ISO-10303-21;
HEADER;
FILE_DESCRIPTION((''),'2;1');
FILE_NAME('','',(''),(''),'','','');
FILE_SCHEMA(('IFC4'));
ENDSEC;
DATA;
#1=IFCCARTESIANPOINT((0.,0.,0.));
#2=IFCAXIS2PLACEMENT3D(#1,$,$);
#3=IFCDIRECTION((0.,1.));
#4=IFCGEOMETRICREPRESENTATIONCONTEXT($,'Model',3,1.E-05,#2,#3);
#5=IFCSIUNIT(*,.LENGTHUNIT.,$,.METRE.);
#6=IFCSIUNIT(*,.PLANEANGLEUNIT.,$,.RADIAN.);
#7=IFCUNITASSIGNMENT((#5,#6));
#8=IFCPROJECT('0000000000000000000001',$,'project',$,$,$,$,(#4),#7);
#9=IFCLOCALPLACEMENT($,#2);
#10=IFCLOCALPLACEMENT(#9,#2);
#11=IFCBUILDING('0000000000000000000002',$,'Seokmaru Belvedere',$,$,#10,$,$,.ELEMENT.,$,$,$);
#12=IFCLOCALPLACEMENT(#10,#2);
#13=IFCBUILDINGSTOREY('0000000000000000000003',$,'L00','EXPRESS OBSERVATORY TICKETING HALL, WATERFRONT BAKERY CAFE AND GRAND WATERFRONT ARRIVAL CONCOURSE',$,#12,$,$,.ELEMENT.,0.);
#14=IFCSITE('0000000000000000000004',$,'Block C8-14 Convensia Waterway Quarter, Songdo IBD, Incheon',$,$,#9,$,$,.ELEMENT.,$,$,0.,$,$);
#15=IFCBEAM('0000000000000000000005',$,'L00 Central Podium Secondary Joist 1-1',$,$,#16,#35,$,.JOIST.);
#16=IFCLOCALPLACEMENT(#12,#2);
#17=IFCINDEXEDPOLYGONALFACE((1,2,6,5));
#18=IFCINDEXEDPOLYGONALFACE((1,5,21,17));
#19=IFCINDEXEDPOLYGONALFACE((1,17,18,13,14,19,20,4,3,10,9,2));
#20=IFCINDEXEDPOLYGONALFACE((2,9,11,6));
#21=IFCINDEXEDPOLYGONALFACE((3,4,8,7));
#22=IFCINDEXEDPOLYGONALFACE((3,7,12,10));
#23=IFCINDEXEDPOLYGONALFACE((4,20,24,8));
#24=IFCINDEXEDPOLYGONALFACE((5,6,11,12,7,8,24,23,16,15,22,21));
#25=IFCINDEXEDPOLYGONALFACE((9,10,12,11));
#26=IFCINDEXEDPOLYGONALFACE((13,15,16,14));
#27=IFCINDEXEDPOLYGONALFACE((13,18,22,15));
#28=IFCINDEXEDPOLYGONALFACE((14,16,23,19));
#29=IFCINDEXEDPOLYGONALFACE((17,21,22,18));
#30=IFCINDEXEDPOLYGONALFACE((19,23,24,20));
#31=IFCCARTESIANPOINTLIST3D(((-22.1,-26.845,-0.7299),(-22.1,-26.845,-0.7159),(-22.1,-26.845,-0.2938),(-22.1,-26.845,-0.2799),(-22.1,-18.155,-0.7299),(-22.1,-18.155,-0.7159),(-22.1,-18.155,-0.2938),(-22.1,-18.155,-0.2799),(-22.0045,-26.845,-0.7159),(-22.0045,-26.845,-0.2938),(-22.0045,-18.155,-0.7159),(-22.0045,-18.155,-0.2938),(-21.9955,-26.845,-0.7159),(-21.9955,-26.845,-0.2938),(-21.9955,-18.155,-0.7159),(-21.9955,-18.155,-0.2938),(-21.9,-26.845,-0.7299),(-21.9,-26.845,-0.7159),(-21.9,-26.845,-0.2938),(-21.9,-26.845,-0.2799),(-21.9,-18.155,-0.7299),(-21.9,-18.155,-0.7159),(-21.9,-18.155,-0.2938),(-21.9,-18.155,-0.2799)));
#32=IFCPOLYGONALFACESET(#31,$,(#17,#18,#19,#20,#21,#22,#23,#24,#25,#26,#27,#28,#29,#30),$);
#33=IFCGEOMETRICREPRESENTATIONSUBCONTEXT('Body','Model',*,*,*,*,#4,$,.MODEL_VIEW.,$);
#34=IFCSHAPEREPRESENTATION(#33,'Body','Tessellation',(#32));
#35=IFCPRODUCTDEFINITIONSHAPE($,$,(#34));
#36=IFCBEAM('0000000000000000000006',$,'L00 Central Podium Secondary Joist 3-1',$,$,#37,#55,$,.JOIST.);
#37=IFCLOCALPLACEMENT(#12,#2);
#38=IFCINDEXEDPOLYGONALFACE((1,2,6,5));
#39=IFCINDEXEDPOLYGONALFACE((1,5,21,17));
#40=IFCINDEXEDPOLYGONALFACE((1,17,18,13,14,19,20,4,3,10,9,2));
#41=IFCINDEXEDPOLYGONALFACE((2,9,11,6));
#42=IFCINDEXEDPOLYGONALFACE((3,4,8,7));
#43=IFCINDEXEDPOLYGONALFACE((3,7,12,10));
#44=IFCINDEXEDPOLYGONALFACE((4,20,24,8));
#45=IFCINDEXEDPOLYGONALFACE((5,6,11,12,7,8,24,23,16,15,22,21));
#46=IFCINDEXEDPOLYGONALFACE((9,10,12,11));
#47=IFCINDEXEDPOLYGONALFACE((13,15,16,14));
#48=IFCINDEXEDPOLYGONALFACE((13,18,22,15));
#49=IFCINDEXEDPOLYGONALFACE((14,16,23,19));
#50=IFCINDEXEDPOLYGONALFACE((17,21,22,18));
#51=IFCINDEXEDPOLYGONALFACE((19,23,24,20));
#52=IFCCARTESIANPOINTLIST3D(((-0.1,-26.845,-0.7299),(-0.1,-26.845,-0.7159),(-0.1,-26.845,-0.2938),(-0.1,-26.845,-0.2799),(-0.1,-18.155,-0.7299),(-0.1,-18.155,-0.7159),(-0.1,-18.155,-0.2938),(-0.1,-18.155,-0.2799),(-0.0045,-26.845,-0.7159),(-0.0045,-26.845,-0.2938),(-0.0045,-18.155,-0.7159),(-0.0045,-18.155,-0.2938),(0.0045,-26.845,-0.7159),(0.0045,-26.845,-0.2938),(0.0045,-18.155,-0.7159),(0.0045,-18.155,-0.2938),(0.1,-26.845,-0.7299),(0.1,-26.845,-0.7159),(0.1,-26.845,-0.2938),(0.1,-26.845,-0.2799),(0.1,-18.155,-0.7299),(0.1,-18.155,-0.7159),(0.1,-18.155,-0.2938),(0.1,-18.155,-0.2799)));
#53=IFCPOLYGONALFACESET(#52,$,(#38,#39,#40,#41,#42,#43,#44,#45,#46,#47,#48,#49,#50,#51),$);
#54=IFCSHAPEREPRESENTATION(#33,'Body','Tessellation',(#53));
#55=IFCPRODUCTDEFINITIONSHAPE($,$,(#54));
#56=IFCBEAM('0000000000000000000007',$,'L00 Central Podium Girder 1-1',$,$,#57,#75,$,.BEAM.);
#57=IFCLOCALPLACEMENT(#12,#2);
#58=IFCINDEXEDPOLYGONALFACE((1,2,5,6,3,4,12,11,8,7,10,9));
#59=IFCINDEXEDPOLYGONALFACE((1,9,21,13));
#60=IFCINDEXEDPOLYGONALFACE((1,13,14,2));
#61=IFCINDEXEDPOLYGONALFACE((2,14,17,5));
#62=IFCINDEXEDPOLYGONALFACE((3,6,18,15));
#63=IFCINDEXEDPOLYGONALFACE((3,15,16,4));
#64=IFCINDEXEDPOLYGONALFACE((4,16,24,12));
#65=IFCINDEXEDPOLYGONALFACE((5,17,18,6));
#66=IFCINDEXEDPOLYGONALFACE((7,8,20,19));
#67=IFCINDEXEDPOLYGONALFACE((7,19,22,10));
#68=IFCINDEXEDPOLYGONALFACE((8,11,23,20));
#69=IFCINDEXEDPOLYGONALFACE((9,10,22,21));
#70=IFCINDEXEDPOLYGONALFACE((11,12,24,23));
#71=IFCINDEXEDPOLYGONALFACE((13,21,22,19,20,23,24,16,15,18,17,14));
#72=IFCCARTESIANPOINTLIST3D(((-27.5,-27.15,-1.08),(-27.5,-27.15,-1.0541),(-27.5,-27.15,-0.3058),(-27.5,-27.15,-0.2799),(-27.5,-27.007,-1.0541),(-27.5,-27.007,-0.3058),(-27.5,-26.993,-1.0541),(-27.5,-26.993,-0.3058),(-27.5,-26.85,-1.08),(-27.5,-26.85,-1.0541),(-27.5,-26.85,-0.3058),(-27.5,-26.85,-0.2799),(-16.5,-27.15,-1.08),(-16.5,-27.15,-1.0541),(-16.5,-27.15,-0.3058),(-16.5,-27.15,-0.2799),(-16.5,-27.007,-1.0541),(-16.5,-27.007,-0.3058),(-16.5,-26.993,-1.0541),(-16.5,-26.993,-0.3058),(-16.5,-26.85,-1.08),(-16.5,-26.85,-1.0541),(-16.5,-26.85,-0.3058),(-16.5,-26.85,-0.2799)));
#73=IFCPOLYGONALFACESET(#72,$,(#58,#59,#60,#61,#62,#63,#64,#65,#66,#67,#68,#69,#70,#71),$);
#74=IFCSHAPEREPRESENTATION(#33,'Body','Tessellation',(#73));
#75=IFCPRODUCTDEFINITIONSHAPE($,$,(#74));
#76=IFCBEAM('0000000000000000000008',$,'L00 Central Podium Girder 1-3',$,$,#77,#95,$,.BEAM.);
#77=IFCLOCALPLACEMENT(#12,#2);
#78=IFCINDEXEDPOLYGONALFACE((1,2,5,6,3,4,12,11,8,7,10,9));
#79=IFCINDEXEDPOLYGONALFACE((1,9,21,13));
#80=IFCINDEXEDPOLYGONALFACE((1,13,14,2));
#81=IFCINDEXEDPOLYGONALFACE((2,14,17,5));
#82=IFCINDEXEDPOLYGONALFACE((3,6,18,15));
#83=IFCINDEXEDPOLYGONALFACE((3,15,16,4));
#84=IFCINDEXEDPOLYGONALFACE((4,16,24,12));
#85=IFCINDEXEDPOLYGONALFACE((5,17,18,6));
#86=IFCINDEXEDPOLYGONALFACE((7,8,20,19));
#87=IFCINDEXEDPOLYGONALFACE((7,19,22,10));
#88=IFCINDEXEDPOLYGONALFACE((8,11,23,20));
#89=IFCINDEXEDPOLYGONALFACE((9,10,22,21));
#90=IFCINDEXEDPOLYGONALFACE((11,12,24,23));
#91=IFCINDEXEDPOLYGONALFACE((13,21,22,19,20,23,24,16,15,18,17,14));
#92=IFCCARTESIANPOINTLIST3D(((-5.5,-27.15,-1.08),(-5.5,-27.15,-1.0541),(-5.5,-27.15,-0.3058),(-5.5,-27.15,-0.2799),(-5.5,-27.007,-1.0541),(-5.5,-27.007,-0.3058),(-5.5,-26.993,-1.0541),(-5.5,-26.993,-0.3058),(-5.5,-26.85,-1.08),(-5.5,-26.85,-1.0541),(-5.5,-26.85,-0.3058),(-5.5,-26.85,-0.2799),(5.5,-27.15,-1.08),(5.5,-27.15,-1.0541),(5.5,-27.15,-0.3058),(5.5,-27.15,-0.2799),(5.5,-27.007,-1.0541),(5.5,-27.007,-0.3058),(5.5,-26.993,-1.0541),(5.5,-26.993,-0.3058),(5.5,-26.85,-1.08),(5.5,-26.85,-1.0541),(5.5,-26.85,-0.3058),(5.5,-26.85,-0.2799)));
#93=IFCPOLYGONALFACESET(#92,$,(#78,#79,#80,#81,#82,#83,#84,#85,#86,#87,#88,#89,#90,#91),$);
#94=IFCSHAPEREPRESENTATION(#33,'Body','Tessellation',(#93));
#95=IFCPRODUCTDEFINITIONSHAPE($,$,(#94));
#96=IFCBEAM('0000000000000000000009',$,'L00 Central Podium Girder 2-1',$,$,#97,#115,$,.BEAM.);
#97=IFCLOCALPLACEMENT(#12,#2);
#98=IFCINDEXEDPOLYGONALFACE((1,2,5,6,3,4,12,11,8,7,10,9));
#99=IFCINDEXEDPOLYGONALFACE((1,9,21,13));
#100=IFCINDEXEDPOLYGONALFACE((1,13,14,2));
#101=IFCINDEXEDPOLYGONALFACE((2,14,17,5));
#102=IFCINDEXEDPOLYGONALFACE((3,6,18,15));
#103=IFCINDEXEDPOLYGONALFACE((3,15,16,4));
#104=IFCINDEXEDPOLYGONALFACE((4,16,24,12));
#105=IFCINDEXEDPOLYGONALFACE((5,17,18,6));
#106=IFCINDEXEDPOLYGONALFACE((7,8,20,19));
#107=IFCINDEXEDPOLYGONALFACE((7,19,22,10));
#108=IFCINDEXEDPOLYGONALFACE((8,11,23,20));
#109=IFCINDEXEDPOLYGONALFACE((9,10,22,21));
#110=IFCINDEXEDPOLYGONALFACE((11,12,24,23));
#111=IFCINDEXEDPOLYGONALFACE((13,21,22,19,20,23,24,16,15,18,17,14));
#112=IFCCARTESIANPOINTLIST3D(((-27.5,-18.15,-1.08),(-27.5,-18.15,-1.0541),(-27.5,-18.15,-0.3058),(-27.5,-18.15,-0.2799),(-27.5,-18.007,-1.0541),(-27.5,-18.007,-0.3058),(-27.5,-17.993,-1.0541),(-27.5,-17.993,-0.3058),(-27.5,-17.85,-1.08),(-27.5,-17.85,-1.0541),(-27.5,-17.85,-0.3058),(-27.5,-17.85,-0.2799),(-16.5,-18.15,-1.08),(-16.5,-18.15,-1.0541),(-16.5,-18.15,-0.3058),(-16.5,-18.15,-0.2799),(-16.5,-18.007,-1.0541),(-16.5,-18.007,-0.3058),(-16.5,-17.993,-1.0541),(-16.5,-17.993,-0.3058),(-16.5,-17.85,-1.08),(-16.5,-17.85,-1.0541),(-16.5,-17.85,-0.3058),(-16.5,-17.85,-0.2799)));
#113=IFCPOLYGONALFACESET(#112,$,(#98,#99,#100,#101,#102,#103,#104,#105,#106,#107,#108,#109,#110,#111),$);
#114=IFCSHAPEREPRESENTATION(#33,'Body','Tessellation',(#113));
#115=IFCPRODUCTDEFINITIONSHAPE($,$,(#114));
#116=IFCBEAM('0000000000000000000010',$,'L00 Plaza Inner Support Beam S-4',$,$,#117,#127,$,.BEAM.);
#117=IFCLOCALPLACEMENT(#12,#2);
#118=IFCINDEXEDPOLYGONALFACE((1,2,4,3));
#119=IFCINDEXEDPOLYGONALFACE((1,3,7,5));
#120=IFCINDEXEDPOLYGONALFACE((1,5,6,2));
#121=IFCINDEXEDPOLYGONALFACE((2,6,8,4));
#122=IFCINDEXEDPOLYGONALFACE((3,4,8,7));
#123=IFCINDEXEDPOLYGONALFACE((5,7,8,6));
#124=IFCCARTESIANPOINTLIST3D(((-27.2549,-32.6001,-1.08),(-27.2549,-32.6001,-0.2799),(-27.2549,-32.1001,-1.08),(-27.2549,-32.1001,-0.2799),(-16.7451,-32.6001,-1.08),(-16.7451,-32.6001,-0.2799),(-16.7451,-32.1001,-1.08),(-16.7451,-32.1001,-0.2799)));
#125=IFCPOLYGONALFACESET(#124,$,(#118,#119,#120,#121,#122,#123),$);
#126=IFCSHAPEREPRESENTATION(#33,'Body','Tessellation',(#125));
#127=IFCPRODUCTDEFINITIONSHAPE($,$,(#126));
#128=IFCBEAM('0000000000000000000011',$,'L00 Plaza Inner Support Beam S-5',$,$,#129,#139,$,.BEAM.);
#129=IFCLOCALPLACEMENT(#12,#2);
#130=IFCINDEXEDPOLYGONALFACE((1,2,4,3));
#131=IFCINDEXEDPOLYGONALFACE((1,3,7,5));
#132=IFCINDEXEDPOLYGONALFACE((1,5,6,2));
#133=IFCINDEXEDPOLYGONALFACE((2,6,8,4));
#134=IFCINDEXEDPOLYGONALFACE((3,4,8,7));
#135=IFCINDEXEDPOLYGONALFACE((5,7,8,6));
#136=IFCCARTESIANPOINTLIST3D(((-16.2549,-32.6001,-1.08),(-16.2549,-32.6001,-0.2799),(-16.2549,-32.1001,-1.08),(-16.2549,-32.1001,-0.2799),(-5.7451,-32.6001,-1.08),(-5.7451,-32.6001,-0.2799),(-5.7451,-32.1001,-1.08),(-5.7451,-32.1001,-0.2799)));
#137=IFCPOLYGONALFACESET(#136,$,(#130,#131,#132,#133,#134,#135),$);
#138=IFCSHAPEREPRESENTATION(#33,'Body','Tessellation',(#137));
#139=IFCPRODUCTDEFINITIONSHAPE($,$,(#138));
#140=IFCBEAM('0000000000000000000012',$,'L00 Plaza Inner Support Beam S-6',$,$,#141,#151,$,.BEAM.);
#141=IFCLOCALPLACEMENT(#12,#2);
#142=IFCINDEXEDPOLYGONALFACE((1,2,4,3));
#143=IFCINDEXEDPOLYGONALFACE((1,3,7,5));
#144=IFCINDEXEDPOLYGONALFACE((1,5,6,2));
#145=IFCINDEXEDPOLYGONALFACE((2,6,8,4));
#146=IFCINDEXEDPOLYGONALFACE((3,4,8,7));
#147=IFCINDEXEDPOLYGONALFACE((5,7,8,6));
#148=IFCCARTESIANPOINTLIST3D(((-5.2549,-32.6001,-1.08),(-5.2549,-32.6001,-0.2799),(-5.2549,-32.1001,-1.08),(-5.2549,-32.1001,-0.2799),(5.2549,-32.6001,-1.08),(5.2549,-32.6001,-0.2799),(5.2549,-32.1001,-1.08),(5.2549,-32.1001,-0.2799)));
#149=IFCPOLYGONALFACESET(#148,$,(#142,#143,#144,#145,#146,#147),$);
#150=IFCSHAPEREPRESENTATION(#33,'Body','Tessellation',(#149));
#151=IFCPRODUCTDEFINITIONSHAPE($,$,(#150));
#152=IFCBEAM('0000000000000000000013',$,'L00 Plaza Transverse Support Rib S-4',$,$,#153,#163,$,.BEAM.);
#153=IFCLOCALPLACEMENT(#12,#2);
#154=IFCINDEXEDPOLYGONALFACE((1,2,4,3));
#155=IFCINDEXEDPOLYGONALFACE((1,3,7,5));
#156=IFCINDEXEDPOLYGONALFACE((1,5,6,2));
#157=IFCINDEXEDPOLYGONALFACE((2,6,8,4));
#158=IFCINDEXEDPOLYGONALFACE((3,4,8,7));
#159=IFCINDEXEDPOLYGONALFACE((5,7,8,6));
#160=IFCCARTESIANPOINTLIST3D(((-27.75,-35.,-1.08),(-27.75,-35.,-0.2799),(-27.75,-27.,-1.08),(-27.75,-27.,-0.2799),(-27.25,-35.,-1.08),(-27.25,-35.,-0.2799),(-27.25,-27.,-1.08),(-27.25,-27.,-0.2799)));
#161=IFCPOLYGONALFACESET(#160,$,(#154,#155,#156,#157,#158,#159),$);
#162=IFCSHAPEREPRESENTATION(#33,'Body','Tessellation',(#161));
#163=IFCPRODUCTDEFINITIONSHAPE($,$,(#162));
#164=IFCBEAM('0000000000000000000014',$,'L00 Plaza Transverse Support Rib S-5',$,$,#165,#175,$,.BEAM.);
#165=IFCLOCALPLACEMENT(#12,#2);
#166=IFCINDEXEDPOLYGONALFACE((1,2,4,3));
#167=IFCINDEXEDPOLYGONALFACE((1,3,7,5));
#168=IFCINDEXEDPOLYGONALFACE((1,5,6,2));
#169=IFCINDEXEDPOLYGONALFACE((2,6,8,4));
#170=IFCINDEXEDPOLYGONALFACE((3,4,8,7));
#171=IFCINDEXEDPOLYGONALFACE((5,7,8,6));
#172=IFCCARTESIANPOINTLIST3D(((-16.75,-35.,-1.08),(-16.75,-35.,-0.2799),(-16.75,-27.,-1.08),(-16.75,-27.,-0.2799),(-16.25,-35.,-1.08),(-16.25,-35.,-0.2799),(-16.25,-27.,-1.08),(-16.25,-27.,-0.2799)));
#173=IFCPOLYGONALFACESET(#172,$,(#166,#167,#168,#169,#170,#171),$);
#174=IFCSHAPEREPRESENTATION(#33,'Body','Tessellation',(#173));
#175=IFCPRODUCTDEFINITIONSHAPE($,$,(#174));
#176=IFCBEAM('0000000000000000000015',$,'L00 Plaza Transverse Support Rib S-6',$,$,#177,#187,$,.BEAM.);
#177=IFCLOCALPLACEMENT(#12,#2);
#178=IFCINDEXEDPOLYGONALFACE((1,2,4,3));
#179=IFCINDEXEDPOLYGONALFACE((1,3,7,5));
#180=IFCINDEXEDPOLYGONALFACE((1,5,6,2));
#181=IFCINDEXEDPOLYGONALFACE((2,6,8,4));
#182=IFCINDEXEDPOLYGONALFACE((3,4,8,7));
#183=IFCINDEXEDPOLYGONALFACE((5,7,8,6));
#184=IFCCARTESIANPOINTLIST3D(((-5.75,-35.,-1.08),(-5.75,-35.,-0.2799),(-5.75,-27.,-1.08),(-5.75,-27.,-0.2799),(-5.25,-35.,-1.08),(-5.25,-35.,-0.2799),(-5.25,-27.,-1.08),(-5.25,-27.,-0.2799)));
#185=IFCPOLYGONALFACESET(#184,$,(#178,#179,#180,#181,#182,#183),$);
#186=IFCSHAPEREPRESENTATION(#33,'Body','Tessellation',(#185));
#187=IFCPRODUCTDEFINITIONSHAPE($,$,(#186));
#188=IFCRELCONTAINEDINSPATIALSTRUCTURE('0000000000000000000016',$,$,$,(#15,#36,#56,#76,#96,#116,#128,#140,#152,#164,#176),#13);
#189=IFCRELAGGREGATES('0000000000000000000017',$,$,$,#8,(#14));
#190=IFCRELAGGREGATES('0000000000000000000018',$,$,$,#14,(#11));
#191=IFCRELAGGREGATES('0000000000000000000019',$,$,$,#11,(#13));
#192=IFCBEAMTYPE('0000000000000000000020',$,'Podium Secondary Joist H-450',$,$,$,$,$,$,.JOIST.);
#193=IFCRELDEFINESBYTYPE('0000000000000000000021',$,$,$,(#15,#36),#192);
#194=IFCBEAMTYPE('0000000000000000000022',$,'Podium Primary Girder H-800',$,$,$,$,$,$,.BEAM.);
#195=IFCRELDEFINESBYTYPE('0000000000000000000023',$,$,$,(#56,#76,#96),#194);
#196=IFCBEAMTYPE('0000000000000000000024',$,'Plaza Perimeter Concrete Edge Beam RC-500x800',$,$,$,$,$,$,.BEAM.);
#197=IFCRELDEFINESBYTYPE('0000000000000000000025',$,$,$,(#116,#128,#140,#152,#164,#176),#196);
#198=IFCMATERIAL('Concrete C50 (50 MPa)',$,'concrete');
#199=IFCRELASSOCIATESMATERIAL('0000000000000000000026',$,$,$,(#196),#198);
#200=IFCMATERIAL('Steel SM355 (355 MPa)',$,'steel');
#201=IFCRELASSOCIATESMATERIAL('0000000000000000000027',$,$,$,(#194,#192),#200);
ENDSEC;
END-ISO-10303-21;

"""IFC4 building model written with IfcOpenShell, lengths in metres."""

from ifc_helpers import new_model, si_unit, direction, frame, origin, origin_2d, place, context, subcontext, project, spatial, rectangle, i_section, extrude, source, transform, mapped, material, material_profile, profile_set, type_object, type_shapes, element, save


model = new_model("IFC4")

# Units and contexts
model_context = context("Model", 3, precision=1e-05, world=origin(), true_north=direction((0.0, 1.0)))
body_context = subcontext(model_context, "Body", "Model", "MODEL_VIEW")
ifc_project = project(units=[si_unit("LENGTHUNIT", "METRE"), si_unit("PLANEANGLEUNIT", "RADIAN")], contexts=[model_context])

# Site, building, storey
site_placement = place(None, origin())
site = spatial("IfcSite", under=ifc_project, at=site_placement, Name="Block C8-14 Convensia Waterway Quarter, Songdo IBD, Incheon", CompositionType="ELEMENT", RefElevation=0.0)
building_placement = place(site_placement, origin())
building = spatial("IfcBuilding", under=site, at=building_placement, Name="Seokmaru Belvedere", CompositionType="ELEMENT")
storey_placement = place(building_placement, origin())
storey = spatial("IfcBuildingStorey", under=building, at=storey_placement, Name="L00", Description="EXPRESS OBSERVATORY TICKETING HALL, WATERFRONT BAKERY CAFE AND GRAND WATERFRONT ARRIVAL CONCOURSE", CompositionType="ELEMENT", Elevation=0.0)

# Shared definitions
ifc_material_1 = material(Name="Concrete C50 (50 MPa)", Category="concrete")

# Beams
ifc_material_2 = material(Name="Steel SM355 (355 MPa)", Category="steel")
ifc_material_profile_1 = material_profile(ifc_material_1, rectangle(XDim=0.5, YDim=0.8, at=origin_2d()), Name="RC-500x800")
ifc_profile_set_1 = profile_set([ifc_material_profile_1], Name="Concrete C50 (50 MPa)")
beam_type_1 = type_object("IfcBeamType", Name="Plaza Perimeter Concrete Edge Beam RC-500x800", PredefinedType="BEAM", material=ifc_profile_set_1)
ifc_material_profile_2 = material_profile(ifc_material_2, i_section(OverallWidth=0.3, OverallDepth=0.8, WebThickness=0.0139, FlangeThickness=0.0259, at=origin_2d()), Name="H-800x300x14x26")
ifc_profile_set_2 = profile_set([ifc_material_profile_2], Name="Steel SM355 (355 MPa)")
beam_type_2 = type_object("IfcBeamType", Name="Podium Primary Girder H-800", PredefinedType="BEAM", material=ifc_profile_set_2)
ifc_material_profile_3 = material_profile(ifc_material_2, i_section(OverallWidth=0.2, OverallDepth=0.45, WebThickness=0.009, FlangeThickness=0.0139, at=origin_2d()), Name="H-450x200x9x14")
ifc_profile_set_3 = profile_set([ifc_material_profile_3], Name="Steel SM355 (355 MPa)")
beam_type_3 = type_object("IfcBeamType", Name="Podium Secondary Joist H-450", PredefinedType="JOIST", material=ifc_profile_set_3)
shared_shape_1 = source(origin(), body_context, "Body", "SweptSolid", [
    extrude(i_section(OverallWidth=0.2, OverallDepth=0.45, WebThickness=0.009, FlangeThickness=0.0139, at=origin_2d()), origin(), (0.0, 0.0, 1.0), 8.6899),
])
type_shapes(beam_type_3, [shared_shape_1])
for number, where, z_axis, x_axis, name in (
    (1, (-22.0, -26.845, -0.5049), (0.0, 1.0, 0.0), (-1.0, 0.0, 0.0), "L00 Central Podium Secondary Joist 1-1"),
    (2, (0.0, -26.845, -0.5049), (0.0, 1.0, 0.0), (-1.0, 0.0, 0.0), "L00 Central Podium Secondary Joist 3-1"),
):
    element("IfcBeam", number, at=place(storey_placement, frame(where, z_axis=z_axis, x_axis=x_axis)), inside=storey, type_object=beam_type_3, Name=name, PredefinedType="JOIST", context=body_context, shape_type="MappedRepresentation", body=[
        mapped(shared_shape_1, transform((0.0, 0.0, 0.0), scale=1.0)),
    ])
shared_shape_2 = source(origin(), body_context, "Body", "SweptSolid", [
    extrude(i_section(OverallWidth=0.3, OverallDepth=0.8, WebThickness=0.0139, FlangeThickness=0.0259, at=origin_2d()), origin(), (0.0, 0.0, 1.0), 11.0),
])
for number, where, z_axis, x_axis, name in (
    (3, (-27.5, -27.0, -0.6799), (1.0, 0.0, 0.0), (0.0, 1.0, 0.0), "L00 Central Podium Girder 1-1"),
    (4, (-5.5, -27.0, -0.6799), (1.0, 0.0, 0.0), (0.0, 1.0, 0.0), "L00 Central Podium Girder 1-3"),
    (5, (-27.5, -18.0, -0.6799), (1.0, 0.0, 0.0), (0.0, 1.0, 0.0), "L00 Central Podium Girder 2-1"),
):
    element("IfcBeam", number, at=place(storey_placement, frame(where, z_axis=z_axis, x_axis=x_axis)), inside=storey, type_object=beam_type_2, Name=name, PredefinedType="BEAM", context=body_context, shape_type="MappedRepresentation", body=[
        mapped(shared_shape_2, transform((0.0, 0.0, 0.0), scale=1.0)),
    ])
shared_shape_3 = source(origin(), body_context, "Body", "SweptSolid", [
    extrude(rectangle(XDim=0.5, YDim=0.8, at=origin_2d()), origin(), (0.0, 0.0, 1.0), 10.5098),
])
for number, where, z_axis, x_axis, name in (
    (6, (-27.2549, -32.3501, -0.6799), (1.0, 0.0, 0.0), (0.0, 1.0, 0.0), "L00 Plaza Inner Support Beam S-4"),
    (7, (-16.2549, -32.3501, -0.6799), (1.0, 0.0, 0.0), (0.0, 1.0, 0.0), "L00 Plaza Inner Support Beam S-5"),
    (8, (-5.2549, -32.3501, -0.6799), (1.0, 0.0, 0.0), (0.0, 1.0, 0.0), "L00 Plaza Inner Support Beam S-6"),
):
    element("IfcBeam", number, at=place(storey_placement, frame(where, z_axis=z_axis, x_axis=x_axis)), inside=storey, type_object=beam_type_1, Name=name, PredefinedType="BEAM", context=body_context, shape_type="MappedRepresentation", body=[
        mapped(shared_shape_3, transform((0.0, 0.0, 0.0), scale=1.0)),
    ])
shared_shape_4 = source(origin(), body_context, "Body", "SweptSolid", [
    extrude(rectangle(XDim=0.5, YDim=0.8, at=origin_2d()), origin(), (0.0, 0.0, 1.0), 8.0),
])
for number, where, z_axis, x_axis, name in (
    (9, (-27.5, -35.0, -0.6799), (0.0, 1.0, 0.0), (-1.0, 0.0, 0.0), "L00 Plaza Transverse Support Rib S-4"),
    (10, (-16.5, -35.0, -0.6799), (0.0, 1.0, 0.0), (-1.0, 0.0, 0.0), "L00 Plaza Transverse Support Rib S-5"),
    (11, (-5.5, -35.0, -0.6799), (0.0, 1.0, 0.0), (-1.0, 0.0, 0.0), "L00 Plaza Transverse Support Rib S-6"),
):
    element("IfcBeam", number, at=place(storey_placement, frame(where, z_axis=z_axis, x_axis=x_axis)), inside=storey, type_object=beam_type_1, Name=name, PredefinedType="BEAM", context=body_context, shape_type="MappedRepresentation", body=[
        mapped(shared_shape_4, transform((0.0, 0.0, 0.0), scale=1.0)),
    ])

save(model, "model.ifc")
